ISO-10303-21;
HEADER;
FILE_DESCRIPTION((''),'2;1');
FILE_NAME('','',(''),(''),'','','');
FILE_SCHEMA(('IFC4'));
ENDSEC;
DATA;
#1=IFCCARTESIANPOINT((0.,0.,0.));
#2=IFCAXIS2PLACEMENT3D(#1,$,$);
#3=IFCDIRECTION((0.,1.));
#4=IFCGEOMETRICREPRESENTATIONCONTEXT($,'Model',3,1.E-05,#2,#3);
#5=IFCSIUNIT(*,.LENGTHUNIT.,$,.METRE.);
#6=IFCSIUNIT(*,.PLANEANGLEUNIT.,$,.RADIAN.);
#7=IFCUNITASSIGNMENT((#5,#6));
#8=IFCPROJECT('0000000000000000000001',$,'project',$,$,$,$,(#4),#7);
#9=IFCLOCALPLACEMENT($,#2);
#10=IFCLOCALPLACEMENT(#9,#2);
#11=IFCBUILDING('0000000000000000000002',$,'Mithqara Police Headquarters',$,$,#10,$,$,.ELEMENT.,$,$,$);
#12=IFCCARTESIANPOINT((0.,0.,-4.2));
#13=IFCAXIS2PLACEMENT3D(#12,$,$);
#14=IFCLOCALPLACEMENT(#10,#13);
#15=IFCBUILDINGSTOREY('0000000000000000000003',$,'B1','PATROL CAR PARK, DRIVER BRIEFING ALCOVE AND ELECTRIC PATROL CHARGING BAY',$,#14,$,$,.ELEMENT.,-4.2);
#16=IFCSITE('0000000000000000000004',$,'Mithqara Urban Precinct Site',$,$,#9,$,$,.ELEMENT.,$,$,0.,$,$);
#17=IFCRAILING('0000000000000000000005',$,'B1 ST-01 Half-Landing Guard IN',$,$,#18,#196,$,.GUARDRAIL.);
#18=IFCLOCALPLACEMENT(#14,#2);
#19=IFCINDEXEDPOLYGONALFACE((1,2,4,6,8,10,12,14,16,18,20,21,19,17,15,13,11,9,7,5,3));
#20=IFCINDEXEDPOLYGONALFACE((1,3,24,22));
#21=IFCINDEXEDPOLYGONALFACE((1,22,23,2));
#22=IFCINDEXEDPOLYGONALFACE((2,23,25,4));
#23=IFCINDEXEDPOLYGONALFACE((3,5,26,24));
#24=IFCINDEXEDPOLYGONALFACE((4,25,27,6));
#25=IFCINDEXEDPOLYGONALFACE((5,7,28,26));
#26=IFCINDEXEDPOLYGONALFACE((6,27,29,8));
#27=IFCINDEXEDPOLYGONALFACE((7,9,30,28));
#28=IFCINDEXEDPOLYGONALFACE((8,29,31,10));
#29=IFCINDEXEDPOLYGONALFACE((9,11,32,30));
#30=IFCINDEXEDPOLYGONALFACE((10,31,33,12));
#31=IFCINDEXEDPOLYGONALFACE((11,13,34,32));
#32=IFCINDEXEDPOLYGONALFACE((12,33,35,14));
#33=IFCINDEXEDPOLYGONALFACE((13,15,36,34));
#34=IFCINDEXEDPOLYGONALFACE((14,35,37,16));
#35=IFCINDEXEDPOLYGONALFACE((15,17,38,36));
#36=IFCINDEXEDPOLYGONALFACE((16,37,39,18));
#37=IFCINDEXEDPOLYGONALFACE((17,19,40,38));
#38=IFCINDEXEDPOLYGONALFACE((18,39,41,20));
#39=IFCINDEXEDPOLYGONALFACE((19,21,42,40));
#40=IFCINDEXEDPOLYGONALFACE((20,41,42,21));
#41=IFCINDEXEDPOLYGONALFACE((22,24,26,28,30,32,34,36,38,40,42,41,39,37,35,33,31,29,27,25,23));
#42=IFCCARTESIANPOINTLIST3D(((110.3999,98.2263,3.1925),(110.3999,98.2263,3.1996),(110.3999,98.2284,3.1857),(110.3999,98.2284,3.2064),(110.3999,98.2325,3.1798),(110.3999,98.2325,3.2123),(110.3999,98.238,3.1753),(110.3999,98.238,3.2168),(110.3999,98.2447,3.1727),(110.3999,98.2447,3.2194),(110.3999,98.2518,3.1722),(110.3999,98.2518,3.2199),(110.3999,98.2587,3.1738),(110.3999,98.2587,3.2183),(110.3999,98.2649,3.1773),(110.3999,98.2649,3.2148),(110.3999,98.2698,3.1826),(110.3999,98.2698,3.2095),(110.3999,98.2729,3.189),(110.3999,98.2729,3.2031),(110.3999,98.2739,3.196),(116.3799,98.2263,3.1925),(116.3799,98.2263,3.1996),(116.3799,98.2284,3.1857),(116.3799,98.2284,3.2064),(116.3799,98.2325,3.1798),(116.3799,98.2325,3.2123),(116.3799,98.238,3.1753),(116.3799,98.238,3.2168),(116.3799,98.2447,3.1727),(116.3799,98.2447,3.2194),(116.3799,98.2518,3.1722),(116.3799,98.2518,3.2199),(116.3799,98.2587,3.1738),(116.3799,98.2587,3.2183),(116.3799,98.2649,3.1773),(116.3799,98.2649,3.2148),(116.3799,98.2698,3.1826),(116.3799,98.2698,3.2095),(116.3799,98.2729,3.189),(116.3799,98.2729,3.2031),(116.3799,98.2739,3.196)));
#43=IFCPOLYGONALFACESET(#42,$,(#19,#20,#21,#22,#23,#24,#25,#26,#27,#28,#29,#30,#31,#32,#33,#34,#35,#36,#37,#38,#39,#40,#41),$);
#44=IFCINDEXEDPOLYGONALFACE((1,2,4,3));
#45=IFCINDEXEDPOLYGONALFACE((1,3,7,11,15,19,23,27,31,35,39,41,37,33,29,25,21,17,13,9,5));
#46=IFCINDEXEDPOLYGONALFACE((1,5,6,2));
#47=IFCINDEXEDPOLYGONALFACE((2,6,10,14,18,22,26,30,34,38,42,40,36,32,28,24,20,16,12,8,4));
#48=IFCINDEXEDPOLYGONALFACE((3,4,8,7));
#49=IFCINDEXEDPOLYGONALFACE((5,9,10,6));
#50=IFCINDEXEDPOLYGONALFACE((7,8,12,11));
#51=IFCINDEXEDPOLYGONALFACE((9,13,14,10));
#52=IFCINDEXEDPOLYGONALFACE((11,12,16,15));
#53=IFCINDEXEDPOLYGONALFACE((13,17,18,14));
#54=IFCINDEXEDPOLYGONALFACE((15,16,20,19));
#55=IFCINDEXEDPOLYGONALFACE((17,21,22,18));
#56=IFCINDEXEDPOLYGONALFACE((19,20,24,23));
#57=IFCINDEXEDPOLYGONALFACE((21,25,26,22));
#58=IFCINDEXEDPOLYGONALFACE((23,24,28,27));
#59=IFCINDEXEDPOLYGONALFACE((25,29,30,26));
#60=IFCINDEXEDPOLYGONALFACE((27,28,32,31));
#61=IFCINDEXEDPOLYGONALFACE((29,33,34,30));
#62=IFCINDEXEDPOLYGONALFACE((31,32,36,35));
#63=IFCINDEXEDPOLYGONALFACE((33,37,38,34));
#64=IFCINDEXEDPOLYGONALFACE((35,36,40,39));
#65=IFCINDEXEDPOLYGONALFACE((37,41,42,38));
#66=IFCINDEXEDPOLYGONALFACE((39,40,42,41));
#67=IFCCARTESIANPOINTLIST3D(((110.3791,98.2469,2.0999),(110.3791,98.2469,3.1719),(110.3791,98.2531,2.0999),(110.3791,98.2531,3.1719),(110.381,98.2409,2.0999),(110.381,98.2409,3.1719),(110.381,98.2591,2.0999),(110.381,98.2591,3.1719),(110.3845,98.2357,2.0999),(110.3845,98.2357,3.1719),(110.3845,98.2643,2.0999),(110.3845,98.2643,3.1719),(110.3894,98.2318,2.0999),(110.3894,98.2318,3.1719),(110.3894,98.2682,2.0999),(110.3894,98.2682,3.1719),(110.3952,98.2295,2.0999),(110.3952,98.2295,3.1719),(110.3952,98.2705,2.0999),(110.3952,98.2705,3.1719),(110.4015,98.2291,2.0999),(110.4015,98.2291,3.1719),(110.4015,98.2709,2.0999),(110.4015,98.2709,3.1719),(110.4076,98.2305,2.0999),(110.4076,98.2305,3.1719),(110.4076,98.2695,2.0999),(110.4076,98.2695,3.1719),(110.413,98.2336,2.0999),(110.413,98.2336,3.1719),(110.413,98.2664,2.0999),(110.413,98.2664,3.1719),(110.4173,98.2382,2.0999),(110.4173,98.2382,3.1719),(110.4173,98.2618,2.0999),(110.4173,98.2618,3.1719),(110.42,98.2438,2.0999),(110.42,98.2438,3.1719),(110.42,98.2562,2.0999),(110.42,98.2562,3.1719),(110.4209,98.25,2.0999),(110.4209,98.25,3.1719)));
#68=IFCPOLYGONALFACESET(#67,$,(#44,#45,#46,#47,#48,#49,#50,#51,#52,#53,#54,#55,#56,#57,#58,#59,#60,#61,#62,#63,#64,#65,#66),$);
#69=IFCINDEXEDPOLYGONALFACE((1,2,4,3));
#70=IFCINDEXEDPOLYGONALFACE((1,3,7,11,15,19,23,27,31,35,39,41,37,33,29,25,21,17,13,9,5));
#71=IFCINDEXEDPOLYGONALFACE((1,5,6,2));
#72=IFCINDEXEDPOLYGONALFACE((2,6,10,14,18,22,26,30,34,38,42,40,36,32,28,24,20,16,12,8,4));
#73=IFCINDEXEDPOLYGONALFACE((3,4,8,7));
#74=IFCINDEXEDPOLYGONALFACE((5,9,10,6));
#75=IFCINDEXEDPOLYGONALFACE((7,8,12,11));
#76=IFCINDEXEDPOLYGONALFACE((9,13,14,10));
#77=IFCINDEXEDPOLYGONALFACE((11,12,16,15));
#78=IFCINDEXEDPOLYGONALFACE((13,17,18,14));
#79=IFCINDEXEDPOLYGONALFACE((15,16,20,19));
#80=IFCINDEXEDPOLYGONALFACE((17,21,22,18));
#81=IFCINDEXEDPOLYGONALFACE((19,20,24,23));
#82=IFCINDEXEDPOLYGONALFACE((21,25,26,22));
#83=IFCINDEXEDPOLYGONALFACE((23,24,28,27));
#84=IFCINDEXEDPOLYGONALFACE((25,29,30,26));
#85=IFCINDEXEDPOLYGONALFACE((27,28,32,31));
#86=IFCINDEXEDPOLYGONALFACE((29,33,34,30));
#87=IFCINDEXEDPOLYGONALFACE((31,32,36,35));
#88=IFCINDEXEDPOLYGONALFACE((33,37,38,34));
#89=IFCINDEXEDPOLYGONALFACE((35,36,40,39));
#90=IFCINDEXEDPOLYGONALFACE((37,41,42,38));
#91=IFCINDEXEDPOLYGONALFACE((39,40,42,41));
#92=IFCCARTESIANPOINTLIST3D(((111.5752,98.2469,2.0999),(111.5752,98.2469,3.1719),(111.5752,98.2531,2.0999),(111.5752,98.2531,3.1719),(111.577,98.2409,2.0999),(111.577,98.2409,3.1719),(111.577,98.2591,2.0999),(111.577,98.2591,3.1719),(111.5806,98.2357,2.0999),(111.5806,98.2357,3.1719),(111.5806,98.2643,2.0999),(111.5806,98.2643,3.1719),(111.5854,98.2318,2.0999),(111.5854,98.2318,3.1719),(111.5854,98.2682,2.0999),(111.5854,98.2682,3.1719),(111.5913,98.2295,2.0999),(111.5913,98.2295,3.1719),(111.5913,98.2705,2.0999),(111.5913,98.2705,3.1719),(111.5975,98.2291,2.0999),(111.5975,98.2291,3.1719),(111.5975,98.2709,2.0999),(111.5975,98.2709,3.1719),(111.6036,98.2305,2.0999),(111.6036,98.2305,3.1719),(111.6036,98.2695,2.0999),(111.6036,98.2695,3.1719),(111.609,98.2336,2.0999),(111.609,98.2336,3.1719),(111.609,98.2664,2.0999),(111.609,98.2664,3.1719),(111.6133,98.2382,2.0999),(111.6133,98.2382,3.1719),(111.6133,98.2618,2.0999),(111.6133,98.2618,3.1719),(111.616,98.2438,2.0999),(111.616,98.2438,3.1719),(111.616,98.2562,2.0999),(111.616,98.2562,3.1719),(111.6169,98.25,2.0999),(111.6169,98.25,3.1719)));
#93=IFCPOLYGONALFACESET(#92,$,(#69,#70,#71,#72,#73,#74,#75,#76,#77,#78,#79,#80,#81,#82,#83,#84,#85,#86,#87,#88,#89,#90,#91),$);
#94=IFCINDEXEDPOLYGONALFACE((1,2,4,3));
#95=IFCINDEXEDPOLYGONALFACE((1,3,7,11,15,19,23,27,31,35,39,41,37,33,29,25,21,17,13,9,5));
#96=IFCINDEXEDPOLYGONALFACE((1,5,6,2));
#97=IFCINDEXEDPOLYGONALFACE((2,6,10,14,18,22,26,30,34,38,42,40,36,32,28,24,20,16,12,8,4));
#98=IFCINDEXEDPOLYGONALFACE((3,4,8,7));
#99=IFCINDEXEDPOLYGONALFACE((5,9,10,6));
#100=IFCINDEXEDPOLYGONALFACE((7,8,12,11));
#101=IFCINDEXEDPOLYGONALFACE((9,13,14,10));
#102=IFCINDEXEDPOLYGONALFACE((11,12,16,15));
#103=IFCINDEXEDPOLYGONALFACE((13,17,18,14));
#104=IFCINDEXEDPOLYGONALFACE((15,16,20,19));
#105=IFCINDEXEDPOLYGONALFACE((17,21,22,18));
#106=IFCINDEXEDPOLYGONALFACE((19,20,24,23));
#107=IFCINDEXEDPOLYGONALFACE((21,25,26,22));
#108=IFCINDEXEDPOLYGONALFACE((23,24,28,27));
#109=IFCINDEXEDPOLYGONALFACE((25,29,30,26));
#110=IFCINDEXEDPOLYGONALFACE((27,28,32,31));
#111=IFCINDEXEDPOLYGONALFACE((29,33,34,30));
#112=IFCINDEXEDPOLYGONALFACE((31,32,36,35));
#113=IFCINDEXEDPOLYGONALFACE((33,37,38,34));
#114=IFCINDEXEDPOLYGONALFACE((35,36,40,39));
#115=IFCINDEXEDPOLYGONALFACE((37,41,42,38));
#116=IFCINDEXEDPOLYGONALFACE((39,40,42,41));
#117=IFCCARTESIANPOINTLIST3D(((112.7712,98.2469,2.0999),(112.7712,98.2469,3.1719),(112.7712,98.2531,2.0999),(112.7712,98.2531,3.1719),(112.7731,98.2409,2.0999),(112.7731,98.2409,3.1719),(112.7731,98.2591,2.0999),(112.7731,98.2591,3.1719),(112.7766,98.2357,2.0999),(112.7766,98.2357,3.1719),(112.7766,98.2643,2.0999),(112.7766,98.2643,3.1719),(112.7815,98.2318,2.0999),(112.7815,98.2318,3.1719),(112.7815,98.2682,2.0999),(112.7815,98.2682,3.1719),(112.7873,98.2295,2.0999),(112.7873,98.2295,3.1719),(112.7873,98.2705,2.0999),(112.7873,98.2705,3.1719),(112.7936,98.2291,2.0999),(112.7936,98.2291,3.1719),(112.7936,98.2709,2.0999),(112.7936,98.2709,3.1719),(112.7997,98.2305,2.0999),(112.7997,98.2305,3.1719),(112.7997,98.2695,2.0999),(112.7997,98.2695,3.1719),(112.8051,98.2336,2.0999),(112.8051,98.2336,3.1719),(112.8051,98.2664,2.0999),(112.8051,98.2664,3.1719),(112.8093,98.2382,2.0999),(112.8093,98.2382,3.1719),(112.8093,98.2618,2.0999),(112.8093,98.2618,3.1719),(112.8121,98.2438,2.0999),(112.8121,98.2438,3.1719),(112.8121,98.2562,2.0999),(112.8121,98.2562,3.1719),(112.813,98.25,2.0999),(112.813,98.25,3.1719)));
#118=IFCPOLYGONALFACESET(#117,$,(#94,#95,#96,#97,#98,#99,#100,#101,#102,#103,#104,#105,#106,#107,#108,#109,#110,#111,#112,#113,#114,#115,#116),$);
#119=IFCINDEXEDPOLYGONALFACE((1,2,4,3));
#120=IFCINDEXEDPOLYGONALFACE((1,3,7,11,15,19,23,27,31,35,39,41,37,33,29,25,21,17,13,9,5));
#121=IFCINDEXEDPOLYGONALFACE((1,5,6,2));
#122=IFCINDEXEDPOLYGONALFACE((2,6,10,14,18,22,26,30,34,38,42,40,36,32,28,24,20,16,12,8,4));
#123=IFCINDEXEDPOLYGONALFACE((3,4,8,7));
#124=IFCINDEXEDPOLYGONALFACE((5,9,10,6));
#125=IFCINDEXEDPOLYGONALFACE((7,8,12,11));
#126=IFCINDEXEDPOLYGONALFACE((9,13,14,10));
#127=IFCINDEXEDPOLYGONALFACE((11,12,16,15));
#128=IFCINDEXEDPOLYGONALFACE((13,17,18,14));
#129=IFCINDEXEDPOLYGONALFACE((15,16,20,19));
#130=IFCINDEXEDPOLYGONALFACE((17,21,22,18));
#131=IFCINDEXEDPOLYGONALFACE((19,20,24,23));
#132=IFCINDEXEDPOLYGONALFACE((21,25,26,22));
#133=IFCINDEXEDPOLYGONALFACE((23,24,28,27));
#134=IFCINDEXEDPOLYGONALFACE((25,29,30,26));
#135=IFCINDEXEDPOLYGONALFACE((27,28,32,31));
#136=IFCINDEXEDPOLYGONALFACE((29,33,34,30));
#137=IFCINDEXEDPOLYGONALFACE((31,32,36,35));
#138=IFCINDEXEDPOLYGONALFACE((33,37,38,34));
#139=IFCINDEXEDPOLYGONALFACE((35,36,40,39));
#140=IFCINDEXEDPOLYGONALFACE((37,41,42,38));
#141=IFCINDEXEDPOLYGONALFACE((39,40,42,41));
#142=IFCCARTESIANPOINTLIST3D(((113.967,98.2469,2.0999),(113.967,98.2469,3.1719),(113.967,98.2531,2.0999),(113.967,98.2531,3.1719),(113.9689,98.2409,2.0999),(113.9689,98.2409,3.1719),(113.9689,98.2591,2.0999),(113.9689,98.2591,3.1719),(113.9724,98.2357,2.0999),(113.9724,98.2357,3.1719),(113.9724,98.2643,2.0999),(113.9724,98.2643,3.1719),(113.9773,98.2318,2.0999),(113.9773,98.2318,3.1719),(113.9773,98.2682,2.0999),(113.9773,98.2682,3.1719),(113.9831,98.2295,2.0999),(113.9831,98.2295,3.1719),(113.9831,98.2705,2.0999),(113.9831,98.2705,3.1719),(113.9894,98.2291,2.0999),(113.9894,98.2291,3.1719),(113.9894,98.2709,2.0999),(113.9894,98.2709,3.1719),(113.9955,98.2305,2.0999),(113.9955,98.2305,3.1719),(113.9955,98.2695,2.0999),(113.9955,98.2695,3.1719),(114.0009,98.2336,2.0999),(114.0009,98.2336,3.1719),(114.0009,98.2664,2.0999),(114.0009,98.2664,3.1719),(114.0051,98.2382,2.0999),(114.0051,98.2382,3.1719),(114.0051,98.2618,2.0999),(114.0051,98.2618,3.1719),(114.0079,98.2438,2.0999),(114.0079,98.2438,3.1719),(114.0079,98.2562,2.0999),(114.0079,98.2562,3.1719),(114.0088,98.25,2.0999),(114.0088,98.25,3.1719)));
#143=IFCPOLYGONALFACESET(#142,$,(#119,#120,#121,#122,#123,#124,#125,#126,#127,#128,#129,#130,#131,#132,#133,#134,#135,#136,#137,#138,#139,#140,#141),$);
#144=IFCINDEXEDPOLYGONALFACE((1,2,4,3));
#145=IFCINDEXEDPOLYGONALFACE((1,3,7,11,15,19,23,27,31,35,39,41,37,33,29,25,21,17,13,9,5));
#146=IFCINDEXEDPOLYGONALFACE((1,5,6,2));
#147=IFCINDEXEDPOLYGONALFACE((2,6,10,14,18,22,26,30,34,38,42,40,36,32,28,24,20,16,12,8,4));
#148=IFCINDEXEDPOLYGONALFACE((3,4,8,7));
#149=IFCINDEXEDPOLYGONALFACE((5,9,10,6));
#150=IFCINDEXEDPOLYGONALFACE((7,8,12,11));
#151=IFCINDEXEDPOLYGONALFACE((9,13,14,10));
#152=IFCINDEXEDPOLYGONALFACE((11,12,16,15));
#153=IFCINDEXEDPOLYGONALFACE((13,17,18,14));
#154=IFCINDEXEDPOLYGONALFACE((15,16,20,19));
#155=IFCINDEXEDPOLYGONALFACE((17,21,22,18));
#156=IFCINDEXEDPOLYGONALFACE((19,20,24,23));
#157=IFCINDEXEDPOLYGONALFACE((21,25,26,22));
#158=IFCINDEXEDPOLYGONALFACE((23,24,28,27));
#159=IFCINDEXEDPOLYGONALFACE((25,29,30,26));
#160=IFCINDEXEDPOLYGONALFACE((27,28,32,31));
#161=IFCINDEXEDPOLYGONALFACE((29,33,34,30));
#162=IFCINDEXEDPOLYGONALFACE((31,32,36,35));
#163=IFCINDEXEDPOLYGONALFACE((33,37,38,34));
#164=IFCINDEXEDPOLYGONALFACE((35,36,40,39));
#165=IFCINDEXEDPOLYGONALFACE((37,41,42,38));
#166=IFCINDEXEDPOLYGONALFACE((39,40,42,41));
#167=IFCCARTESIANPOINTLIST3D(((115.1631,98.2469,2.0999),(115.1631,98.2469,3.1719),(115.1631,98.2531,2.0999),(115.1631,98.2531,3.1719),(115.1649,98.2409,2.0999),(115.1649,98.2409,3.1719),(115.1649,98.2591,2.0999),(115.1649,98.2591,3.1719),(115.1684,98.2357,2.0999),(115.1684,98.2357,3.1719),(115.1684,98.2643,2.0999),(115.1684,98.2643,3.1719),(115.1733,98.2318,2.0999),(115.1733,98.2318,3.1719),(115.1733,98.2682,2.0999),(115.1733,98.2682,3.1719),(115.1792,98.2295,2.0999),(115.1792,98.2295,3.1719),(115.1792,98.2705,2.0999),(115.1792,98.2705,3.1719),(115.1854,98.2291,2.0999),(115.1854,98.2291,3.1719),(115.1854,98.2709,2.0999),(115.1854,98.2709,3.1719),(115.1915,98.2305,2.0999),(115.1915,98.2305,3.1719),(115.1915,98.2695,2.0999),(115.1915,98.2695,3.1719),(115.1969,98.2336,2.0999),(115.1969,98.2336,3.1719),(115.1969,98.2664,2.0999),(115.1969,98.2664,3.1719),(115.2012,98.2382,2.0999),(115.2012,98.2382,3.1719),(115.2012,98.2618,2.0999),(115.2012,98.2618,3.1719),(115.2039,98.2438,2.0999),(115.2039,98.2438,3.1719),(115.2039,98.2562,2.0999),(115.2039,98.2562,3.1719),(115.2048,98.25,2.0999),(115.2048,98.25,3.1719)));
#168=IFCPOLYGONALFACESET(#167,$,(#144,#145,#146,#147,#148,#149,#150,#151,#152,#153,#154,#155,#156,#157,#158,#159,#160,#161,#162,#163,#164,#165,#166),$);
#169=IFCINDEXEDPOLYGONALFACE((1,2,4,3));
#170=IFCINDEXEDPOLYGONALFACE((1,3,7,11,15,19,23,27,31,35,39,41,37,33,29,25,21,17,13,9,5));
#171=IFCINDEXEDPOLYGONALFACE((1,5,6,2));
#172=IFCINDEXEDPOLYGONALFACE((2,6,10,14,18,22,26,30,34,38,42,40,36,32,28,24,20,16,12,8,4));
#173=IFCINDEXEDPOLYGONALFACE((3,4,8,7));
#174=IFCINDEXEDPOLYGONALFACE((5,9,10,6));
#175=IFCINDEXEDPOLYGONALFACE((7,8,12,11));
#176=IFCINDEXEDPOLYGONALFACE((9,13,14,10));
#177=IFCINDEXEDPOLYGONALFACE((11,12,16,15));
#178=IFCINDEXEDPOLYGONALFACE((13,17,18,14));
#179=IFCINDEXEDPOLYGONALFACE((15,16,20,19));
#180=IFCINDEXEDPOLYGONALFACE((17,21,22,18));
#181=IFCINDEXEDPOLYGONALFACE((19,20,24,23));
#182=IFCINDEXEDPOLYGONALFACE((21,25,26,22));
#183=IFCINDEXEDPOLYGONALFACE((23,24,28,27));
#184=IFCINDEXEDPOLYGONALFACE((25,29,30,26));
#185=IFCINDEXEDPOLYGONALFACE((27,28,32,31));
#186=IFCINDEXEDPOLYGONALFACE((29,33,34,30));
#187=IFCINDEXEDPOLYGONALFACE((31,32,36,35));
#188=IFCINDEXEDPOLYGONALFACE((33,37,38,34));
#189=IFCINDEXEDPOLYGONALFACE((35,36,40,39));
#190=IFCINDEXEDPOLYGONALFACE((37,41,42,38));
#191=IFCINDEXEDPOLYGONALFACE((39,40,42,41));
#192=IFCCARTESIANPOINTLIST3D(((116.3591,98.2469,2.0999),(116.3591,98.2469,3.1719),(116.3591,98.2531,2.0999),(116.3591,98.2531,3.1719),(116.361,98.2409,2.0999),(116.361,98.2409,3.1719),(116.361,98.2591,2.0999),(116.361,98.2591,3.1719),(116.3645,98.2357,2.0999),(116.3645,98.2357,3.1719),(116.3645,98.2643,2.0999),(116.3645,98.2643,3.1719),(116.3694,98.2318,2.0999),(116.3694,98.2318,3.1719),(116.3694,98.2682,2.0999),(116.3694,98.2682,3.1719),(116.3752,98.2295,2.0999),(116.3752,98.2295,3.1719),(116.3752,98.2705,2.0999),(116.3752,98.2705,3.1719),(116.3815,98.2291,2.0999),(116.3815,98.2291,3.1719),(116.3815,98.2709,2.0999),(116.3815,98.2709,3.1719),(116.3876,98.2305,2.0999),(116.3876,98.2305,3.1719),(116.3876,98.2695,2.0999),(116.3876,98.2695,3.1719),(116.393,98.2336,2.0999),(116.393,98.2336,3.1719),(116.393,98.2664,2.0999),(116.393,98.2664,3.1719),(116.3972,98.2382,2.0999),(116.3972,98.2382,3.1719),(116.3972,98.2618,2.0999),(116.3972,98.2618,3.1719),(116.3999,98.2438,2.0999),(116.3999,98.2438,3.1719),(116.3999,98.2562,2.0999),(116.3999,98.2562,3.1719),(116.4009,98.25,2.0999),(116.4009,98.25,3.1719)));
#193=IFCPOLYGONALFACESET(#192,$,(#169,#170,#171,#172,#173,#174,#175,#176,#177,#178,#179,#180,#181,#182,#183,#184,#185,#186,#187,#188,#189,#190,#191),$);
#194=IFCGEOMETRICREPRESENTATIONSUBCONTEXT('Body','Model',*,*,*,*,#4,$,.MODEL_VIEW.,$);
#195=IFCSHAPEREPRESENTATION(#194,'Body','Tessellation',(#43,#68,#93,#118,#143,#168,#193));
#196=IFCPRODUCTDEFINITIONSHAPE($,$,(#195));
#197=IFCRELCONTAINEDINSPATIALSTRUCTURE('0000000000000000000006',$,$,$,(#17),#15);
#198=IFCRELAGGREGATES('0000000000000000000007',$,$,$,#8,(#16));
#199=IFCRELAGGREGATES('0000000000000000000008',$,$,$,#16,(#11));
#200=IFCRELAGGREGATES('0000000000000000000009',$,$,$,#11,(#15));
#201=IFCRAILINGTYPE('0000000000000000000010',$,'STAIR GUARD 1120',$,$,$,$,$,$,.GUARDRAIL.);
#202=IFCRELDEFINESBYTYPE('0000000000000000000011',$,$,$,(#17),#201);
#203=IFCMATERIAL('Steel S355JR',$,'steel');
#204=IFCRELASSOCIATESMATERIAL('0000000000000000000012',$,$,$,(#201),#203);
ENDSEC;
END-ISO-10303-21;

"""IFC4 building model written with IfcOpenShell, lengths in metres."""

from ifc_helpers import new_model, si_unit, direction, frame, origin, origin_2d, place, context, subcontext, project, spatial, circle, extrude, material, type_object, element, save


model = new_model("IFC4")

# Units and contexts
model_context = context("Model", 3, precision=1e-05, world=origin(), true_north=direction((0.0, 1.0)))
body_context = subcontext(model_context, "Body", "Model", "MODEL_VIEW")
ifc_project = project(units=[si_unit("LENGTHUNIT", "METRE"), si_unit("PLANEANGLEUNIT", "RADIAN")], contexts=[model_context])

# Site, building, storey
site_placement = place(None, origin())
site = spatial("IfcSite", under=ifc_project, at=site_placement, Name="Mithqara Urban Precinct Site", CompositionType="ELEMENT", RefElevation=0.0)
building_placement = place(site_placement, origin())
building = spatial("IfcBuilding", under=site, at=building_placement, Name="Mithqara Police Headquarters", CompositionType="ELEMENT")
storey_placement = place(building_placement, frame((0.0, 0.0, -4.2)))
storey = spatial("IfcBuildingStorey", under=building, at=storey_placement, Name="B1", Description="PATROL CAR PARK, DRIVER BRIEFING ALCOVE AND ELECTRIC PATROL CHARGING BAY", CompositionType="ELEMENT", Elevation=-4.2)

# Shared definitions
ifc_material_1 = material(Name="Steel S355JR", Category="steel")

# Railing
railing_type_1 = type_object("IfcRailingType", Name="STAIR GUARD 1120", PredefinedType="GUARDRAIL", material=ifc_material_1)
for number, where, name in (
    (1, (110.3999, 98.25, 2.0999), "B1 ST-01 Half-Landing Guard IN"),
):
    element("IfcRailing", number, at=place(storey_placement, frame(where)), inside=storey, type_object=railing_type_1, Name=name, PredefinedType="GUARDRAIL", context=body_context, shape_type="SweptSolid", body=[
        extrude(circle(Radius=0.0239, at=origin_2d()), frame((0.0, 0.0, 1.0962), z_axis=(1.0, 0.0, 0.0), x_axis=(0.0, 1.0, 0.0)), (0.0, 0.0, 1.0), 5.98),
        extrude(circle(Radius=0.021, at=origin_2d()), origin(), (0.0, 0.0, 1.0), 1.072),
        extrude(circle(Radius=0.021, at=origin_2d()), frame((1.196, 0.0, 0.0)), (0.0, 0.0, 1.0), 1.072),
        extrude(circle(Radius=0.021, at=origin_2d()), frame((2.3921, 0.0, 0.0)), (0.0, 0.0, 1.0), 1.072),
        extrude(circle(Radius=0.021, at=origin_2d()), frame((3.5879, 0.0, 0.0)), (0.0, 0.0, 1.0), 1.072),
        extrude(circle(Radius=0.021, at=origin_2d()), frame((4.7839, 0.0, 0.0)), (0.0, 0.0, 1.0), 1.072),
        extrude(circle(Radius=0.021, at=origin_2d()), frame((5.98, 0.0, 0.0)), (0.0, 0.0, 1.0), 1.072),
    ])

save(model, "model.ifc")
